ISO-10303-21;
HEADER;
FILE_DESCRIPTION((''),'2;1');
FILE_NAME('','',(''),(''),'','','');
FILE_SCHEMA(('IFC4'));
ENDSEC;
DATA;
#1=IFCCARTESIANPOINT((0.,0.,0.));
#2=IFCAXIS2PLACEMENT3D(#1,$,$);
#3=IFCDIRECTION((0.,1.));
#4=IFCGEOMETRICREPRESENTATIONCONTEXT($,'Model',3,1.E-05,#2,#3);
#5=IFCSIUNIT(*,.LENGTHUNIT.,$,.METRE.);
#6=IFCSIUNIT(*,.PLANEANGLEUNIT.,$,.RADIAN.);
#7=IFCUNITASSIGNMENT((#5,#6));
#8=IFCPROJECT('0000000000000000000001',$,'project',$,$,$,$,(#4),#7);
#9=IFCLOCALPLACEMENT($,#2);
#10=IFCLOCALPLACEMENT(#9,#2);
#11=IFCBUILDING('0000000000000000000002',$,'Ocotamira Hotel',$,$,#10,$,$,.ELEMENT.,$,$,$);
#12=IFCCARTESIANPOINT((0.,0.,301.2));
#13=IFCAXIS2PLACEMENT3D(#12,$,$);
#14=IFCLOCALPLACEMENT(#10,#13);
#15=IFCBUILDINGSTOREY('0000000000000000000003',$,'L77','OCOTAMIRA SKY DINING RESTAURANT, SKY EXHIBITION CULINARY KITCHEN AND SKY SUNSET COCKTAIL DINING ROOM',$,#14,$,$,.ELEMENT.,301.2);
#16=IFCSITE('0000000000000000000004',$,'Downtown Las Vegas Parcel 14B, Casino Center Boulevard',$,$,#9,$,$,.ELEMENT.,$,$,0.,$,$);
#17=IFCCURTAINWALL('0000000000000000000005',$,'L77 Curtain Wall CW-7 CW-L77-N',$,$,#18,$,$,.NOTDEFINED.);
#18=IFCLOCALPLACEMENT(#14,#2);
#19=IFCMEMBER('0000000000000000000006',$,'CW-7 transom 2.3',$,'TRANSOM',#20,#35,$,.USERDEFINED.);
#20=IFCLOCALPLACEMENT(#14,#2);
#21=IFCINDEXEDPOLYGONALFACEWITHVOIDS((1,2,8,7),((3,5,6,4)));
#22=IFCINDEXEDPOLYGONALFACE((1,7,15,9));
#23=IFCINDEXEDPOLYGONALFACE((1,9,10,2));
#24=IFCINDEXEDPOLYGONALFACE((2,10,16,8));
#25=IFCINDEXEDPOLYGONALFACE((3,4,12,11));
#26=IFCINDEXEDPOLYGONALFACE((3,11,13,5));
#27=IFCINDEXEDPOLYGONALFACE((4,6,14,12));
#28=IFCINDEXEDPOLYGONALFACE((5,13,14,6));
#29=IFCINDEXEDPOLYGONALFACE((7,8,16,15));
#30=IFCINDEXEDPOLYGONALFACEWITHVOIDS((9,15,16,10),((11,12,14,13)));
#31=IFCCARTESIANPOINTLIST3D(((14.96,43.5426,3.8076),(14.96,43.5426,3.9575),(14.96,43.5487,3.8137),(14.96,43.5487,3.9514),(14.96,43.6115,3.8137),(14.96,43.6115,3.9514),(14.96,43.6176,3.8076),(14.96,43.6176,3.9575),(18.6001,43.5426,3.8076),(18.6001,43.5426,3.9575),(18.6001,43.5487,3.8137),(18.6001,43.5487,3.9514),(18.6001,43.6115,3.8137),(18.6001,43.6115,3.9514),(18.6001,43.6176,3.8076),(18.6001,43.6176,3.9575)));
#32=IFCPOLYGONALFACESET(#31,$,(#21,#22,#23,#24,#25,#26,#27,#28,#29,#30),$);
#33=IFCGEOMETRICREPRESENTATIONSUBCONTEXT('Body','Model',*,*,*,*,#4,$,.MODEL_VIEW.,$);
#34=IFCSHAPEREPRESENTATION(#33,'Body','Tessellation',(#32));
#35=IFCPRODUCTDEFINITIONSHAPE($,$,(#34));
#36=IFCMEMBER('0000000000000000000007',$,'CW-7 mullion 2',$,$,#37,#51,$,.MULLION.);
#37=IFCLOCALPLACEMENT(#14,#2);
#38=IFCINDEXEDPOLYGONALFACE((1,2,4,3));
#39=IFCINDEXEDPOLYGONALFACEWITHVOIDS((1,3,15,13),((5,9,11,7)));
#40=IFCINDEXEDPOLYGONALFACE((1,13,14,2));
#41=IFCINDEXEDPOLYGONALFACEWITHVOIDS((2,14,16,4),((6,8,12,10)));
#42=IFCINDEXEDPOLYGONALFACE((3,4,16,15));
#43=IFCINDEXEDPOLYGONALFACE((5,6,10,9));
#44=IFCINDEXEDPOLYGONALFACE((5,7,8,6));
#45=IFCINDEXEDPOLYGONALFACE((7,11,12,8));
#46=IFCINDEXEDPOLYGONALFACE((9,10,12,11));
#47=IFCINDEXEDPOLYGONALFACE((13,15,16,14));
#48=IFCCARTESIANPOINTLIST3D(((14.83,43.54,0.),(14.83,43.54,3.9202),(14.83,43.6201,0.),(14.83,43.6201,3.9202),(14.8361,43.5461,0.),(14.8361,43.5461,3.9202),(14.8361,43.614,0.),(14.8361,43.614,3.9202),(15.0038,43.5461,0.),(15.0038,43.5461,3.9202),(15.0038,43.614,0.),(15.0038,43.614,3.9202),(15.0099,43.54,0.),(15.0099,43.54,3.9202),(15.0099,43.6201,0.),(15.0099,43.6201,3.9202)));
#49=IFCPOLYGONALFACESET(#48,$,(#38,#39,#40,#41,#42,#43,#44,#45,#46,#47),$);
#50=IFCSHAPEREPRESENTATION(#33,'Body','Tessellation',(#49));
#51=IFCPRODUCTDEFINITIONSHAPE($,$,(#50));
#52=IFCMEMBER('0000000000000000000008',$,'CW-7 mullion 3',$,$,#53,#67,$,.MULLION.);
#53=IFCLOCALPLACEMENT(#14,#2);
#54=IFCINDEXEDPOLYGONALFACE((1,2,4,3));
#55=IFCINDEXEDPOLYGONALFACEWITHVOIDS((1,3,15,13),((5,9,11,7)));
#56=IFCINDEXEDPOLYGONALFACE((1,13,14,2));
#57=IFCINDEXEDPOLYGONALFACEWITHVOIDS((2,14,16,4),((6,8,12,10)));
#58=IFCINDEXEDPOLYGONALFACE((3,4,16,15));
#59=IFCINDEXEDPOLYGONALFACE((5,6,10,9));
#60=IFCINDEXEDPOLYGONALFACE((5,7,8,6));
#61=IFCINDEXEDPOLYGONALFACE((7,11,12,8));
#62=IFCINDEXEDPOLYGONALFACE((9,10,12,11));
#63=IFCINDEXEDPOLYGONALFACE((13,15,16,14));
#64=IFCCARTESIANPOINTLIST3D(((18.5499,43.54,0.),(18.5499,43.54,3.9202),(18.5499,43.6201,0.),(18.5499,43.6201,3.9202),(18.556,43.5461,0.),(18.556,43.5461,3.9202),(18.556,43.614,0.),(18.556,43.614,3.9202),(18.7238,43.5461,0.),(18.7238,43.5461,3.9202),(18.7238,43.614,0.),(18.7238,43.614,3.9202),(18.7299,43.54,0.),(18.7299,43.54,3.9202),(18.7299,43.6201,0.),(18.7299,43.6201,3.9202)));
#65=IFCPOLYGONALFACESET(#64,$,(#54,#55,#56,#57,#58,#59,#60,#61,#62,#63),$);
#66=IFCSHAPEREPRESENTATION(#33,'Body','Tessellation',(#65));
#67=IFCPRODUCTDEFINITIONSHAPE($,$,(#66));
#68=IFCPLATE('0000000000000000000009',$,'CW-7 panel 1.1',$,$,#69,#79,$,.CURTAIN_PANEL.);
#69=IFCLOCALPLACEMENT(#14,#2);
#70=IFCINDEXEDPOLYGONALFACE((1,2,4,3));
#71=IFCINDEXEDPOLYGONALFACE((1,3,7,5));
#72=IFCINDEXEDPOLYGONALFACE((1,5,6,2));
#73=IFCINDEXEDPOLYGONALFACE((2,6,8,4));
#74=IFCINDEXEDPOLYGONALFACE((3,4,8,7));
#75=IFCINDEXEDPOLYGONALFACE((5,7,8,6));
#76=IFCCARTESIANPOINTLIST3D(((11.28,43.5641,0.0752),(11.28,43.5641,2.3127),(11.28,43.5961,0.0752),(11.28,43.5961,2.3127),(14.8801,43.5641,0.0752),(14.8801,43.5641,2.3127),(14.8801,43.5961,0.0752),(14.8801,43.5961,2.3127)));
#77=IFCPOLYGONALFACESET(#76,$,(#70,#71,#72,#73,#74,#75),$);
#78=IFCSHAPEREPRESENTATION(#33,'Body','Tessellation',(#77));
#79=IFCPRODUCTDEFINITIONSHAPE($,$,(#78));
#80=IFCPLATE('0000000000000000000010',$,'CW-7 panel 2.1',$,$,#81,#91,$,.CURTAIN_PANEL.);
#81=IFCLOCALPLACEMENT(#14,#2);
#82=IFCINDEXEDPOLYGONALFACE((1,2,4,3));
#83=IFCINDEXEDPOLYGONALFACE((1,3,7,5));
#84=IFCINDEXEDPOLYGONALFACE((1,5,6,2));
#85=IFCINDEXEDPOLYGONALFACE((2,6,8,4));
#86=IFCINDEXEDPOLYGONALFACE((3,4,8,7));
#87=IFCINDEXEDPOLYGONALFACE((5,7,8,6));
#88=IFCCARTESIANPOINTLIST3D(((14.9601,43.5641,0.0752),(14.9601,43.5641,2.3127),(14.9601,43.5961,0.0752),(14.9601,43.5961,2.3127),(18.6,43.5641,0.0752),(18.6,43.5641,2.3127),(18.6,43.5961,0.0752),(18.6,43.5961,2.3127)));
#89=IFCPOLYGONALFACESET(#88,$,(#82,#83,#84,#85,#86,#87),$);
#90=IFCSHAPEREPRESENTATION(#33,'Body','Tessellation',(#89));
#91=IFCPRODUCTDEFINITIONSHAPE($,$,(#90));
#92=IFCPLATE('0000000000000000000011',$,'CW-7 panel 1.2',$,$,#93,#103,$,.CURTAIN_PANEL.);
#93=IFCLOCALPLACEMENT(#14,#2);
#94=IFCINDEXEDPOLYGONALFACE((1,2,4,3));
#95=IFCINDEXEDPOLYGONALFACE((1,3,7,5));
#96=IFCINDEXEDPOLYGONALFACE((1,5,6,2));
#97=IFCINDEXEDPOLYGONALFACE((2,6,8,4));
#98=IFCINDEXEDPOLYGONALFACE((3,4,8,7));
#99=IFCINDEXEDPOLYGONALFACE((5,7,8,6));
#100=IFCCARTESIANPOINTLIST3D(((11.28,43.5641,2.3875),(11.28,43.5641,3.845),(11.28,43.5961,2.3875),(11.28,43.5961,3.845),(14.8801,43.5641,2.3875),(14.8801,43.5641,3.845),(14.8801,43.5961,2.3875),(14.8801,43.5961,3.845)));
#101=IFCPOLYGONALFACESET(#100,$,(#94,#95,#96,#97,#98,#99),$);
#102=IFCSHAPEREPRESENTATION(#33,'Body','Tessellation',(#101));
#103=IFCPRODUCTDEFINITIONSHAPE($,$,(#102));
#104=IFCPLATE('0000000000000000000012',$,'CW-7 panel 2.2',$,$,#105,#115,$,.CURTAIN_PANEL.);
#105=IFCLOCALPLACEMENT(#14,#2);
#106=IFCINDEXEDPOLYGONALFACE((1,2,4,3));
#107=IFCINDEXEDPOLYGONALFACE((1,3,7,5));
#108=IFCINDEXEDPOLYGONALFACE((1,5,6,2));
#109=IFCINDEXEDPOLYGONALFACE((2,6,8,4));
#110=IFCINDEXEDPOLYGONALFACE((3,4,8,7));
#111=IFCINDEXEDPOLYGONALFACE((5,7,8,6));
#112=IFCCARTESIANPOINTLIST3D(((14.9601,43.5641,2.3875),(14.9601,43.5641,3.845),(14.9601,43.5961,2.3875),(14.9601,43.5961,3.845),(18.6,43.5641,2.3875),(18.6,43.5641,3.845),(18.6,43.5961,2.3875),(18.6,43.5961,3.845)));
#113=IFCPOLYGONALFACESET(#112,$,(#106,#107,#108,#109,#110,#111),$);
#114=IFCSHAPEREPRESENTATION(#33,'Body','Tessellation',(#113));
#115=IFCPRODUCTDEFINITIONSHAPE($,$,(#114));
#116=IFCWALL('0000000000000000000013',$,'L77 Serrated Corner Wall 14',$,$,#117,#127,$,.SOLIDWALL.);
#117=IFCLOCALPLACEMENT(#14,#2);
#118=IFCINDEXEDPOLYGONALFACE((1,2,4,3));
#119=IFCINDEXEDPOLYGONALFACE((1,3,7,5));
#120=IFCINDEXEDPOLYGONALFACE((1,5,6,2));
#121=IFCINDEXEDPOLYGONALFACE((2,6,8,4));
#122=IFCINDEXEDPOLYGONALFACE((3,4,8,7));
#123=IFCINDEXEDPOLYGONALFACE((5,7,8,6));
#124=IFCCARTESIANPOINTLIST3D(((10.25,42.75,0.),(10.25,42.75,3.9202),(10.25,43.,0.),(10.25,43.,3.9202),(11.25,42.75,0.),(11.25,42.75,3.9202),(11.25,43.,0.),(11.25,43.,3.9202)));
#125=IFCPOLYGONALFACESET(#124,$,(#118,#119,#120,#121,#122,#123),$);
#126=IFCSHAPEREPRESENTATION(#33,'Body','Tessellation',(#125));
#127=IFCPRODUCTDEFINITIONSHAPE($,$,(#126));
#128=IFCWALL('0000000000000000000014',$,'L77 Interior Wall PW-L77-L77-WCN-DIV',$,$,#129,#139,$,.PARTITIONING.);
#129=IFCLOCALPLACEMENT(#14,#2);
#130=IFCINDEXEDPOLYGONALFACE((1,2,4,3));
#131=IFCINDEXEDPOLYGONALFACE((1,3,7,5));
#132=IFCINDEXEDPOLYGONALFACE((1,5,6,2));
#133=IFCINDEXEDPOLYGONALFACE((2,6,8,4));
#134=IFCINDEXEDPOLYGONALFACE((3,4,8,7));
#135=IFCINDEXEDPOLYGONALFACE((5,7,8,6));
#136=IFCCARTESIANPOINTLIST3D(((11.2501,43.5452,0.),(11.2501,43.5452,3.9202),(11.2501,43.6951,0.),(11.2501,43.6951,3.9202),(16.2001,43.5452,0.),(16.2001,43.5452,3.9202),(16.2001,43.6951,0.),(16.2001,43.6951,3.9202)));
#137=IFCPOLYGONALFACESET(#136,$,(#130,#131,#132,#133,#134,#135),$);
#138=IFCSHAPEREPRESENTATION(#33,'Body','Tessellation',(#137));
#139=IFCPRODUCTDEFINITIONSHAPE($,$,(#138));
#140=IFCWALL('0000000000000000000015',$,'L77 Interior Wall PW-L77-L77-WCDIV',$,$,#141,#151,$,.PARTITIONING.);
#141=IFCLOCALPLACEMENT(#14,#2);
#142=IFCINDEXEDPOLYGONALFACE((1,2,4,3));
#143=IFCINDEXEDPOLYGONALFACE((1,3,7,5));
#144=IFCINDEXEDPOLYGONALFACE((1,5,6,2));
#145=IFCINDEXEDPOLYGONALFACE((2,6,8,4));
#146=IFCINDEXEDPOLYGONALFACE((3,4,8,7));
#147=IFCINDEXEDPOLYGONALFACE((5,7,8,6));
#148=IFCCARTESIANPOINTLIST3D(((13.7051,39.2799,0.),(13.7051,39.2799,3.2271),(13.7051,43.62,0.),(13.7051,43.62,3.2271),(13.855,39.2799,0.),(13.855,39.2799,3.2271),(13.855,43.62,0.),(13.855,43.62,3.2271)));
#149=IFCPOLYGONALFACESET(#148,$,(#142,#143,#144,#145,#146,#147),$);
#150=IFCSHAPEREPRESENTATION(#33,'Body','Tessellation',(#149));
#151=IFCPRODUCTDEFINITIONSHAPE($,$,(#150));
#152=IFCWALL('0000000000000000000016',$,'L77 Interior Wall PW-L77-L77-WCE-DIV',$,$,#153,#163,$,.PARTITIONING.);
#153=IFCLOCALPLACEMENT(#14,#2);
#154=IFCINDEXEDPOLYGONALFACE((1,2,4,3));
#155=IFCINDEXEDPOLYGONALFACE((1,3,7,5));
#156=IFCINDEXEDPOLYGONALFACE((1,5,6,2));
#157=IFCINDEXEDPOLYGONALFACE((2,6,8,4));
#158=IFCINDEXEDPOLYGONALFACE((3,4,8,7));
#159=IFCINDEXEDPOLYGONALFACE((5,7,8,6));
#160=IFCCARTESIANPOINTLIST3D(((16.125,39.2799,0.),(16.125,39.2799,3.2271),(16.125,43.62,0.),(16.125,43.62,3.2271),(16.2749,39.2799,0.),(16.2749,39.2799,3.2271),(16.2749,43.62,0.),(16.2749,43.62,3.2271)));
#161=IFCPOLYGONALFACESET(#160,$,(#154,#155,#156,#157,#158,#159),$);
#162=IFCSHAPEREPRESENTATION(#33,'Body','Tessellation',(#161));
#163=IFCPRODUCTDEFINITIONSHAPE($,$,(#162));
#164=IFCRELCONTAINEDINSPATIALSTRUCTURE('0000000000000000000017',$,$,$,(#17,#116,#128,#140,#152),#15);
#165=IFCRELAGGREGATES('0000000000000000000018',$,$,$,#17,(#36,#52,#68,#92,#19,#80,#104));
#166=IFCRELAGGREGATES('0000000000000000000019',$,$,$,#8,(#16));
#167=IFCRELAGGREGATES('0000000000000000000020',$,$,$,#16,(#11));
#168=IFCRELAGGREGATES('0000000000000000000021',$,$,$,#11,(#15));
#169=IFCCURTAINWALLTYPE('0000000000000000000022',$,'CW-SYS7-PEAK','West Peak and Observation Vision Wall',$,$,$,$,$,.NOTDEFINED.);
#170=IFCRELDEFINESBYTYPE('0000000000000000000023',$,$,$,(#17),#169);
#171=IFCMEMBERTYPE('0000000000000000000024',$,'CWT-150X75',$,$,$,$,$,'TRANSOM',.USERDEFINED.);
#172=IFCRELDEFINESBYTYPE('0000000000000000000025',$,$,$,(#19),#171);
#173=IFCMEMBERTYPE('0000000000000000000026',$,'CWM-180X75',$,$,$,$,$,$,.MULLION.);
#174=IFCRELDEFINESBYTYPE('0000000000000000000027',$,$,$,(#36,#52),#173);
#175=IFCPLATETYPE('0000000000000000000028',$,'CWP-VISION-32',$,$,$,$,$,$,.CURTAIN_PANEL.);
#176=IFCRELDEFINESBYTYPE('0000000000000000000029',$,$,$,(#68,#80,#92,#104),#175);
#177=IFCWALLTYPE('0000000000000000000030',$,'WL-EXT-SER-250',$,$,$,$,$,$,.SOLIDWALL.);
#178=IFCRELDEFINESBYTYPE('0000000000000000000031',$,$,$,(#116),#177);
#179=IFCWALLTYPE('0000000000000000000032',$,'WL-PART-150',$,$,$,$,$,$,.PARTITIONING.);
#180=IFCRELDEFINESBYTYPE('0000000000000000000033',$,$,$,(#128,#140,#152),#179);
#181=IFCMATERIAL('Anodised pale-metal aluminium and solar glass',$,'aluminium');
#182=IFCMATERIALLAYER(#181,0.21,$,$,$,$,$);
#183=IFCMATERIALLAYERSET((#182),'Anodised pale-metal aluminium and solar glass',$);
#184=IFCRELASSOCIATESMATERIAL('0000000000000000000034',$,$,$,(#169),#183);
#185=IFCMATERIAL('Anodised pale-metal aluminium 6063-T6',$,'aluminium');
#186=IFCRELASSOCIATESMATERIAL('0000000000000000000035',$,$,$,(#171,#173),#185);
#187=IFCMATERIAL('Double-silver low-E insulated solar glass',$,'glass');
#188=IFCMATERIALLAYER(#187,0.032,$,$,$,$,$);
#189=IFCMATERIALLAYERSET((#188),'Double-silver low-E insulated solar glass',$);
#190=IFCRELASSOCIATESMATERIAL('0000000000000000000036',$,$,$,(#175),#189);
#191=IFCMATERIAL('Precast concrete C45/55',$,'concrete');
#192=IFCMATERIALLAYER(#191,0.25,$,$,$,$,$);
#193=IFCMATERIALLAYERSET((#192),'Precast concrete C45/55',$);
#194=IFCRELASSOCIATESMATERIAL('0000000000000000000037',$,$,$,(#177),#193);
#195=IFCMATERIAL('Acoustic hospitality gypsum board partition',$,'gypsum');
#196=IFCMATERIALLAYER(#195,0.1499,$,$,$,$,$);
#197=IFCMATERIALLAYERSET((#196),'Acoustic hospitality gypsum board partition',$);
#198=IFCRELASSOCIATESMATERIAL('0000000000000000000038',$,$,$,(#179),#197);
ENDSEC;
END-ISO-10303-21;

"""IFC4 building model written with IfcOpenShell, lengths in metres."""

from ifc_helpers import new_model, si_unit, direction, frame, frame_2d, origin, origin_2d, place, context, subcontext, project, spatial, rectangle, hollow_rectangle, extrude, source, transform, mapped, material, layer, layer_set, material_profile, profile_set, type_object, element, aggregate, save


model = new_model("IFC4")

# Units and contexts
model_context = context("Model", 3, precision=1e-05, world=origin(), true_north=direction((0.0, 1.0)))
body_context = subcontext(model_context, "Body", "Model", "MODEL_VIEW")
ifc_project = project(units=[si_unit("LENGTHUNIT", "METRE"), si_unit("PLANEANGLEUNIT", "RADIAN")], contexts=[model_context])

# Site, building, storey
site_placement = place(None, origin())
site = spatial("IfcSite", under=ifc_project, at=site_placement, Name="Downtown Las Vegas Parcel 14B, Casino Center Boulevard", CompositionType="ELEMENT", RefElevation=0.0)
building_placement = place(site_placement, origin())
building = spatial("IfcBuilding", under=site, at=building_placement, Name="Ocotamira Hotel", CompositionType="ELEMENT")
storey_placement = place(building_placement, frame((0.0, 0.0, 301.2)))
storey = spatial("IfcBuildingStorey", under=building, at=storey_placement, Name="L77", Description="OCOTAMIRA SKY DINING RESTAURANT, SKY EXHIBITION CULINARY KITCHEN AND SKY SUNSET COCKTAIL DINING ROOM", CompositionType="ELEMENT", Elevation=301.2)

# Curtain wall, members, plates
ifc_material_1 = material(Name="Anodised pale-metal aluminium and solar glass", Category="aluminium")
ifc_layer_1 = layer(ifc_material_1, 0.21)
ifc_layer_set_1 = layer_set([ifc_layer_1], Name="Anodised pale-metal aluminium and solar glass")
curtain_wall_type = type_object("IfcCurtainWallType", Name="CW-SYS7-PEAK", Description="West Peak and Observation Vision Wall", PredefinedType="NOTDEFINED", material=ifc_layer_set_1)
curtain_wall_placement = place(storey_placement, origin())
curtain_wall = element("IfcCurtainWall", 1, at=curtain_wall_placement, inside=storey, type_object=curtain_wall_type, Name="L77 Curtain Wall CW-7 CW-L77-N", PredefinedType="NOTDEFINED")
ifc_material_2 = material(Name="Anodised pale-metal aluminium 6063-T6", Category="aluminium")
ifc_material_profile_1 = material_profile(ifc_material_2, hollow_rectangle(XDim=0.075, YDim=0.1499, WallThickness=0.0061, at=origin_2d()), Name="HSS150X75X6")
ifc_profile_set_1 = profile_set([ifc_material_profile_1], Name="Anodised pale-metal aluminium 6063-T6")
member_type_1 = type_object("IfcMemberType", Name="CWT-150X75", ElementType="TRANSOM", PredefinedType="USERDEFINED", material=ifc_profile_set_1)
shared_shape_1 = source(origin(), body_context, "Body", "SweptSolid", [
    extrude(hollow_rectangle(XDim=0.075, YDim=0.1499, WallThickness=0.0061, at=origin_2d()), origin(), (0.0, 0.0, 1.0), 3.6401),
])
member_1_placement = place(storey_placement, frame((14.96, 43.5801, 3.8826), z_axis=(1.0, 0.0, 0.0), x_axis=(0.0, 1.0, 0.0)))
member_1 = element("IfcMember", 2, at=member_1_placement, type_object=member_type_1, Name="CW-7 transom 2.3", ObjectType="TRANSOM", PredefinedType="USERDEFINED", context=body_context, shape_type="MappedRepresentation", body=[
    mapped(shared_shape_1, transform((0.0, 0.0, 0.0), scale=1.0)),
])
ifc_material_profile_2 = material_profile(ifc_material_2, hollow_rectangle(XDim=0.0801, YDim=0.1799, WallThickness=0.0061, at=origin_2d()), Name="HSS180X80X6")
ifc_profile_set_2 = profile_set([ifc_material_profile_2], Name="Anodised pale-metal aluminium 6063-T6")
member_type_2 = type_object("IfcMemberType", Name="CWM-180X75", PredefinedType="MULLION", material=ifc_profile_set_2)
shared_shape_2 = source(origin(), body_context, "Body", "SweptSolid", [
    extrude(hollow_rectangle(XDim=0.0801, YDim=0.1799, WallThickness=0.0061, at=origin_2d()), origin(), (0.0, 0.0, 1.0), 3.9202),
])
member_2_placement = place(storey_placement, frame((14.9199, 43.5801, 0.0), z_axis=(0.0, 0.0, 1.0), x_axis=(0.0, 1.0, 0.0)))
member_2 = element("IfcMember", 3, at=member_2_placement, type_object=member_type_2, Name="CW-7 mullion 2", PredefinedType="MULLION", context=body_context, shape_type="MappedRepresentation", body=[
    mapped(shared_shape_2, transform((0.0, 0.0, 0.0), scale=1.0)),
])
member_3_placement = place(storey_placement, frame((18.6399, 43.5801, 0.0), z_axis=(0.0, 0.0, 1.0), x_axis=(0.0, 1.0, 0.0)))
member_3 = element("IfcMember", 4, at=member_3_placement, type_object=member_type_2, Name="CW-7 mullion 3", PredefinedType="MULLION", context=body_context, shape_type="MappedRepresentation", body=[
    mapped(shared_shape_2, transform((0.0, 0.0, 0.0), scale=1.0)),
])
ifc_material_3 = material(Name="Double-silver low-E insulated solar glass", Category="glass")
ifc_layer_2 = layer(ifc_material_3, 0.032)
ifc_layer_set_2 = layer_set([ifc_layer_2], Name="Double-silver low-E insulated solar glass")
plate_type = type_object("IfcPlateType", Name="CWP-VISION-32", PredefinedType="CURTAIN_PANEL", material=ifc_layer_set_2)
shared_shape_3 = source(origin(), body_context, "Body", "SweptSolid", [
    extrude(rectangle(XDim=3.6001, YDim=0.032, at=origin_2d()), origin(), (0.0, 0.0, 1.0), 2.2375),
])
plate_1_placement = place(storey_placement, frame((13.0801, 43.5801, 0.0752), z_axis=(0.0, 0.0, 1.0), x_axis=(1.0, 0.0, 0.0)))
plate_1 = element("IfcPlate", 5, at=plate_1_placement, type_object=plate_type, Name="CW-7 panel 1.1", PredefinedType="CURTAIN_PANEL", context=body_context, shape_type="MappedRepresentation", body=[
    mapped(shared_shape_3, transform((0.0, 0.0, 0.0), scale=1.0)),
])
shared_shape_4 = source(origin(), body_context, "Body", "SweptSolid", [
    extrude(rectangle(XDim=3.6399, YDim=0.032, at=origin_2d()), origin(), (0.0, 0.0, 1.0), 2.2375),
])
plate_2_placement = place(storey_placement, frame((16.78, 43.5801, 0.0752), z_axis=(0.0, 0.0, 1.0), x_axis=(1.0, 0.0, 0.0)))
plate_2 = element("IfcPlate", 6, at=plate_2_placement, type_object=plate_type, Name="CW-7 panel 2.1", PredefinedType="CURTAIN_PANEL", context=body_context, shape_type="MappedRepresentation", body=[
    mapped(shared_shape_4, transform((0.0, 0.0, 0.0), scale=1.0)),
])
shared_shape_5 = source(origin(), body_context, "Body", "SweptSolid", [
    extrude(rectangle(XDim=3.6001, YDim=0.032, at=origin_2d()), origin(), (0.0, 0.0, 1.0), 1.4575),
])
plate_3_placement = place(storey_placement, frame((13.0801, 43.5801, 2.3875), z_axis=(0.0, 0.0, 1.0), x_axis=(1.0, 0.0, 0.0)))
plate_3 = element("IfcPlate", 7, at=plate_3_placement, type_object=plate_type, Name="CW-7 panel 1.2", PredefinedType="CURTAIN_PANEL", context=body_context, shape_type="MappedRepresentation", body=[
    mapped(shared_shape_5, transform((0.0, 0.0, 0.0), scale=1.0)),
])
shared_shape_6 = source(origin(), body_context, "Body", "SweptSolid", [
    extrude(rectangle(XDim=3.6399, YDim=0.032, at=origin_2d()), origin(), (0.0, 0.0, 1.0), 1.4575),
])
plate_4_placement = place(storey_placement, frame((16.78, 43.5801, 2.3875), z_axis=(0.0, 0.0, 1.0), x_axis=(1.0, 0.0, 0.0)))
plate_4 = element("IfcPlate", 8, at=plate_4_placement, type_object=plate_type, Name="CW-7 panel 2.2", PredefinedType="CURTAIN_PANEL", context=body_context, shape_type="MappedRepresentation", body=[
    mapped(shared_shape_6, transform((0.0, 0.0, 0.0), scale=1.0)),
])
aggregate(curtain_wall, [member_2, member_3, plate_1, plate_3, member_1, plate_2, plate_4])

# Walls
ifc_material_4 = material(Name="Precast concrete C45/55", Category="concrete")
ifc_layer_3 = layer(ifc_material_4, 0.25)
ifc_layer_set_3 = layer_set([ifc_layer_3], Name="Precast concrete C45/55")
wall_type_1 = type_object("IfcWallType", Name="WL-EXT-SER-250", PredefinedType="SOLIDWALL", material=ifc_layer_set_3)
wall_1_placement = place(storey_placement, frame((11.25, 42.875, 0.0), z_axis=(0.0, 0.0, 1.0), x_axis=(-1.0, 0.0, 0.0)))
element("IfcWall", 9, at=wall_1_placement, inside=storey, type_object=wall_type_1, Name="L77 Serrated Corner Wall 14", PredefinedType="SOLIDWALL", context=body_context, shape_type="SweptSolid", body=[
    extrude(rectangle(XDim=1.0, YDim=0.25, at=frame_2d((0.5, 0.0))), origin(), (0.0, 0.0, 1.0), 3.9202),
])
ifc_material_5 = material(Name="Acoustic hospitality gypsum board partition", Category="gypsum")
ifc_layer_4 = layer(ifc_material_5, 0.1499)
ifc_layer_set_4 = layer_set([ifc_layer_4], Name="Acoustic hospitality gypsum board partition")
wall_type_2 = type_object("IfcWallType", Name="WL-PART-150", PredefinedType="PARTITIONING", material=ifc_layer_set_4)
wall_2_placement = place(storey_placement, frame((11.25, 43.6201, 0.0), z_axis=(0.0, 0.0, 1.0), x_axis=(1.0, 0.0, 0.0)))
element("IfcWall", 10, at=wall_2_placement, inside=storey, type_object=wall_type_2, Name="L77 Interior Wall PW-L77-L77-WCN-DIV", PredefinedType="PARTITIONING", context=body_context, shape_type="SweptSolid", body=[
    extrude(rectangle(XDim=4.95, YDim=0.1499, at=frame_2d((2.4751, 0.0))), origin(), (0.0, 0.0, 1.0), 3.9202),
])
for number, where, z_axis, x_axis, name in (
    (11, (13.78, 39.28, 0.0), (0.0, 0.0, 1.0), (0.0, 1.0, 0.0), "L77 Interior Wall PW-L77-L77-WCDIV"),
    (12, (16.2, 39.28, 0.0), (0.0, 0.0, 1.0), (0.0, 1.0, 0.0), "L77 Interior Wall PW-L77-L77-WCE-DIV"),
):
    element("IfcWall", number, at=place(storey_placement, frame(where, z_axis=z_axis, x_axis=x_axis)), inside=storey, type_object=wall_type_2, Name=name, PredefinedType="PARTITIONING", context=body_context, shape_type="SweptSolid", body=[
        extrude(rectangle(XDim=4.3401, YDim=0.1499, at=frame_2d((2.1699, 0.0))), origin(), (0.0, 0.0, 1.0), 3.2271),
    ])

save(model, "model.ifc")
